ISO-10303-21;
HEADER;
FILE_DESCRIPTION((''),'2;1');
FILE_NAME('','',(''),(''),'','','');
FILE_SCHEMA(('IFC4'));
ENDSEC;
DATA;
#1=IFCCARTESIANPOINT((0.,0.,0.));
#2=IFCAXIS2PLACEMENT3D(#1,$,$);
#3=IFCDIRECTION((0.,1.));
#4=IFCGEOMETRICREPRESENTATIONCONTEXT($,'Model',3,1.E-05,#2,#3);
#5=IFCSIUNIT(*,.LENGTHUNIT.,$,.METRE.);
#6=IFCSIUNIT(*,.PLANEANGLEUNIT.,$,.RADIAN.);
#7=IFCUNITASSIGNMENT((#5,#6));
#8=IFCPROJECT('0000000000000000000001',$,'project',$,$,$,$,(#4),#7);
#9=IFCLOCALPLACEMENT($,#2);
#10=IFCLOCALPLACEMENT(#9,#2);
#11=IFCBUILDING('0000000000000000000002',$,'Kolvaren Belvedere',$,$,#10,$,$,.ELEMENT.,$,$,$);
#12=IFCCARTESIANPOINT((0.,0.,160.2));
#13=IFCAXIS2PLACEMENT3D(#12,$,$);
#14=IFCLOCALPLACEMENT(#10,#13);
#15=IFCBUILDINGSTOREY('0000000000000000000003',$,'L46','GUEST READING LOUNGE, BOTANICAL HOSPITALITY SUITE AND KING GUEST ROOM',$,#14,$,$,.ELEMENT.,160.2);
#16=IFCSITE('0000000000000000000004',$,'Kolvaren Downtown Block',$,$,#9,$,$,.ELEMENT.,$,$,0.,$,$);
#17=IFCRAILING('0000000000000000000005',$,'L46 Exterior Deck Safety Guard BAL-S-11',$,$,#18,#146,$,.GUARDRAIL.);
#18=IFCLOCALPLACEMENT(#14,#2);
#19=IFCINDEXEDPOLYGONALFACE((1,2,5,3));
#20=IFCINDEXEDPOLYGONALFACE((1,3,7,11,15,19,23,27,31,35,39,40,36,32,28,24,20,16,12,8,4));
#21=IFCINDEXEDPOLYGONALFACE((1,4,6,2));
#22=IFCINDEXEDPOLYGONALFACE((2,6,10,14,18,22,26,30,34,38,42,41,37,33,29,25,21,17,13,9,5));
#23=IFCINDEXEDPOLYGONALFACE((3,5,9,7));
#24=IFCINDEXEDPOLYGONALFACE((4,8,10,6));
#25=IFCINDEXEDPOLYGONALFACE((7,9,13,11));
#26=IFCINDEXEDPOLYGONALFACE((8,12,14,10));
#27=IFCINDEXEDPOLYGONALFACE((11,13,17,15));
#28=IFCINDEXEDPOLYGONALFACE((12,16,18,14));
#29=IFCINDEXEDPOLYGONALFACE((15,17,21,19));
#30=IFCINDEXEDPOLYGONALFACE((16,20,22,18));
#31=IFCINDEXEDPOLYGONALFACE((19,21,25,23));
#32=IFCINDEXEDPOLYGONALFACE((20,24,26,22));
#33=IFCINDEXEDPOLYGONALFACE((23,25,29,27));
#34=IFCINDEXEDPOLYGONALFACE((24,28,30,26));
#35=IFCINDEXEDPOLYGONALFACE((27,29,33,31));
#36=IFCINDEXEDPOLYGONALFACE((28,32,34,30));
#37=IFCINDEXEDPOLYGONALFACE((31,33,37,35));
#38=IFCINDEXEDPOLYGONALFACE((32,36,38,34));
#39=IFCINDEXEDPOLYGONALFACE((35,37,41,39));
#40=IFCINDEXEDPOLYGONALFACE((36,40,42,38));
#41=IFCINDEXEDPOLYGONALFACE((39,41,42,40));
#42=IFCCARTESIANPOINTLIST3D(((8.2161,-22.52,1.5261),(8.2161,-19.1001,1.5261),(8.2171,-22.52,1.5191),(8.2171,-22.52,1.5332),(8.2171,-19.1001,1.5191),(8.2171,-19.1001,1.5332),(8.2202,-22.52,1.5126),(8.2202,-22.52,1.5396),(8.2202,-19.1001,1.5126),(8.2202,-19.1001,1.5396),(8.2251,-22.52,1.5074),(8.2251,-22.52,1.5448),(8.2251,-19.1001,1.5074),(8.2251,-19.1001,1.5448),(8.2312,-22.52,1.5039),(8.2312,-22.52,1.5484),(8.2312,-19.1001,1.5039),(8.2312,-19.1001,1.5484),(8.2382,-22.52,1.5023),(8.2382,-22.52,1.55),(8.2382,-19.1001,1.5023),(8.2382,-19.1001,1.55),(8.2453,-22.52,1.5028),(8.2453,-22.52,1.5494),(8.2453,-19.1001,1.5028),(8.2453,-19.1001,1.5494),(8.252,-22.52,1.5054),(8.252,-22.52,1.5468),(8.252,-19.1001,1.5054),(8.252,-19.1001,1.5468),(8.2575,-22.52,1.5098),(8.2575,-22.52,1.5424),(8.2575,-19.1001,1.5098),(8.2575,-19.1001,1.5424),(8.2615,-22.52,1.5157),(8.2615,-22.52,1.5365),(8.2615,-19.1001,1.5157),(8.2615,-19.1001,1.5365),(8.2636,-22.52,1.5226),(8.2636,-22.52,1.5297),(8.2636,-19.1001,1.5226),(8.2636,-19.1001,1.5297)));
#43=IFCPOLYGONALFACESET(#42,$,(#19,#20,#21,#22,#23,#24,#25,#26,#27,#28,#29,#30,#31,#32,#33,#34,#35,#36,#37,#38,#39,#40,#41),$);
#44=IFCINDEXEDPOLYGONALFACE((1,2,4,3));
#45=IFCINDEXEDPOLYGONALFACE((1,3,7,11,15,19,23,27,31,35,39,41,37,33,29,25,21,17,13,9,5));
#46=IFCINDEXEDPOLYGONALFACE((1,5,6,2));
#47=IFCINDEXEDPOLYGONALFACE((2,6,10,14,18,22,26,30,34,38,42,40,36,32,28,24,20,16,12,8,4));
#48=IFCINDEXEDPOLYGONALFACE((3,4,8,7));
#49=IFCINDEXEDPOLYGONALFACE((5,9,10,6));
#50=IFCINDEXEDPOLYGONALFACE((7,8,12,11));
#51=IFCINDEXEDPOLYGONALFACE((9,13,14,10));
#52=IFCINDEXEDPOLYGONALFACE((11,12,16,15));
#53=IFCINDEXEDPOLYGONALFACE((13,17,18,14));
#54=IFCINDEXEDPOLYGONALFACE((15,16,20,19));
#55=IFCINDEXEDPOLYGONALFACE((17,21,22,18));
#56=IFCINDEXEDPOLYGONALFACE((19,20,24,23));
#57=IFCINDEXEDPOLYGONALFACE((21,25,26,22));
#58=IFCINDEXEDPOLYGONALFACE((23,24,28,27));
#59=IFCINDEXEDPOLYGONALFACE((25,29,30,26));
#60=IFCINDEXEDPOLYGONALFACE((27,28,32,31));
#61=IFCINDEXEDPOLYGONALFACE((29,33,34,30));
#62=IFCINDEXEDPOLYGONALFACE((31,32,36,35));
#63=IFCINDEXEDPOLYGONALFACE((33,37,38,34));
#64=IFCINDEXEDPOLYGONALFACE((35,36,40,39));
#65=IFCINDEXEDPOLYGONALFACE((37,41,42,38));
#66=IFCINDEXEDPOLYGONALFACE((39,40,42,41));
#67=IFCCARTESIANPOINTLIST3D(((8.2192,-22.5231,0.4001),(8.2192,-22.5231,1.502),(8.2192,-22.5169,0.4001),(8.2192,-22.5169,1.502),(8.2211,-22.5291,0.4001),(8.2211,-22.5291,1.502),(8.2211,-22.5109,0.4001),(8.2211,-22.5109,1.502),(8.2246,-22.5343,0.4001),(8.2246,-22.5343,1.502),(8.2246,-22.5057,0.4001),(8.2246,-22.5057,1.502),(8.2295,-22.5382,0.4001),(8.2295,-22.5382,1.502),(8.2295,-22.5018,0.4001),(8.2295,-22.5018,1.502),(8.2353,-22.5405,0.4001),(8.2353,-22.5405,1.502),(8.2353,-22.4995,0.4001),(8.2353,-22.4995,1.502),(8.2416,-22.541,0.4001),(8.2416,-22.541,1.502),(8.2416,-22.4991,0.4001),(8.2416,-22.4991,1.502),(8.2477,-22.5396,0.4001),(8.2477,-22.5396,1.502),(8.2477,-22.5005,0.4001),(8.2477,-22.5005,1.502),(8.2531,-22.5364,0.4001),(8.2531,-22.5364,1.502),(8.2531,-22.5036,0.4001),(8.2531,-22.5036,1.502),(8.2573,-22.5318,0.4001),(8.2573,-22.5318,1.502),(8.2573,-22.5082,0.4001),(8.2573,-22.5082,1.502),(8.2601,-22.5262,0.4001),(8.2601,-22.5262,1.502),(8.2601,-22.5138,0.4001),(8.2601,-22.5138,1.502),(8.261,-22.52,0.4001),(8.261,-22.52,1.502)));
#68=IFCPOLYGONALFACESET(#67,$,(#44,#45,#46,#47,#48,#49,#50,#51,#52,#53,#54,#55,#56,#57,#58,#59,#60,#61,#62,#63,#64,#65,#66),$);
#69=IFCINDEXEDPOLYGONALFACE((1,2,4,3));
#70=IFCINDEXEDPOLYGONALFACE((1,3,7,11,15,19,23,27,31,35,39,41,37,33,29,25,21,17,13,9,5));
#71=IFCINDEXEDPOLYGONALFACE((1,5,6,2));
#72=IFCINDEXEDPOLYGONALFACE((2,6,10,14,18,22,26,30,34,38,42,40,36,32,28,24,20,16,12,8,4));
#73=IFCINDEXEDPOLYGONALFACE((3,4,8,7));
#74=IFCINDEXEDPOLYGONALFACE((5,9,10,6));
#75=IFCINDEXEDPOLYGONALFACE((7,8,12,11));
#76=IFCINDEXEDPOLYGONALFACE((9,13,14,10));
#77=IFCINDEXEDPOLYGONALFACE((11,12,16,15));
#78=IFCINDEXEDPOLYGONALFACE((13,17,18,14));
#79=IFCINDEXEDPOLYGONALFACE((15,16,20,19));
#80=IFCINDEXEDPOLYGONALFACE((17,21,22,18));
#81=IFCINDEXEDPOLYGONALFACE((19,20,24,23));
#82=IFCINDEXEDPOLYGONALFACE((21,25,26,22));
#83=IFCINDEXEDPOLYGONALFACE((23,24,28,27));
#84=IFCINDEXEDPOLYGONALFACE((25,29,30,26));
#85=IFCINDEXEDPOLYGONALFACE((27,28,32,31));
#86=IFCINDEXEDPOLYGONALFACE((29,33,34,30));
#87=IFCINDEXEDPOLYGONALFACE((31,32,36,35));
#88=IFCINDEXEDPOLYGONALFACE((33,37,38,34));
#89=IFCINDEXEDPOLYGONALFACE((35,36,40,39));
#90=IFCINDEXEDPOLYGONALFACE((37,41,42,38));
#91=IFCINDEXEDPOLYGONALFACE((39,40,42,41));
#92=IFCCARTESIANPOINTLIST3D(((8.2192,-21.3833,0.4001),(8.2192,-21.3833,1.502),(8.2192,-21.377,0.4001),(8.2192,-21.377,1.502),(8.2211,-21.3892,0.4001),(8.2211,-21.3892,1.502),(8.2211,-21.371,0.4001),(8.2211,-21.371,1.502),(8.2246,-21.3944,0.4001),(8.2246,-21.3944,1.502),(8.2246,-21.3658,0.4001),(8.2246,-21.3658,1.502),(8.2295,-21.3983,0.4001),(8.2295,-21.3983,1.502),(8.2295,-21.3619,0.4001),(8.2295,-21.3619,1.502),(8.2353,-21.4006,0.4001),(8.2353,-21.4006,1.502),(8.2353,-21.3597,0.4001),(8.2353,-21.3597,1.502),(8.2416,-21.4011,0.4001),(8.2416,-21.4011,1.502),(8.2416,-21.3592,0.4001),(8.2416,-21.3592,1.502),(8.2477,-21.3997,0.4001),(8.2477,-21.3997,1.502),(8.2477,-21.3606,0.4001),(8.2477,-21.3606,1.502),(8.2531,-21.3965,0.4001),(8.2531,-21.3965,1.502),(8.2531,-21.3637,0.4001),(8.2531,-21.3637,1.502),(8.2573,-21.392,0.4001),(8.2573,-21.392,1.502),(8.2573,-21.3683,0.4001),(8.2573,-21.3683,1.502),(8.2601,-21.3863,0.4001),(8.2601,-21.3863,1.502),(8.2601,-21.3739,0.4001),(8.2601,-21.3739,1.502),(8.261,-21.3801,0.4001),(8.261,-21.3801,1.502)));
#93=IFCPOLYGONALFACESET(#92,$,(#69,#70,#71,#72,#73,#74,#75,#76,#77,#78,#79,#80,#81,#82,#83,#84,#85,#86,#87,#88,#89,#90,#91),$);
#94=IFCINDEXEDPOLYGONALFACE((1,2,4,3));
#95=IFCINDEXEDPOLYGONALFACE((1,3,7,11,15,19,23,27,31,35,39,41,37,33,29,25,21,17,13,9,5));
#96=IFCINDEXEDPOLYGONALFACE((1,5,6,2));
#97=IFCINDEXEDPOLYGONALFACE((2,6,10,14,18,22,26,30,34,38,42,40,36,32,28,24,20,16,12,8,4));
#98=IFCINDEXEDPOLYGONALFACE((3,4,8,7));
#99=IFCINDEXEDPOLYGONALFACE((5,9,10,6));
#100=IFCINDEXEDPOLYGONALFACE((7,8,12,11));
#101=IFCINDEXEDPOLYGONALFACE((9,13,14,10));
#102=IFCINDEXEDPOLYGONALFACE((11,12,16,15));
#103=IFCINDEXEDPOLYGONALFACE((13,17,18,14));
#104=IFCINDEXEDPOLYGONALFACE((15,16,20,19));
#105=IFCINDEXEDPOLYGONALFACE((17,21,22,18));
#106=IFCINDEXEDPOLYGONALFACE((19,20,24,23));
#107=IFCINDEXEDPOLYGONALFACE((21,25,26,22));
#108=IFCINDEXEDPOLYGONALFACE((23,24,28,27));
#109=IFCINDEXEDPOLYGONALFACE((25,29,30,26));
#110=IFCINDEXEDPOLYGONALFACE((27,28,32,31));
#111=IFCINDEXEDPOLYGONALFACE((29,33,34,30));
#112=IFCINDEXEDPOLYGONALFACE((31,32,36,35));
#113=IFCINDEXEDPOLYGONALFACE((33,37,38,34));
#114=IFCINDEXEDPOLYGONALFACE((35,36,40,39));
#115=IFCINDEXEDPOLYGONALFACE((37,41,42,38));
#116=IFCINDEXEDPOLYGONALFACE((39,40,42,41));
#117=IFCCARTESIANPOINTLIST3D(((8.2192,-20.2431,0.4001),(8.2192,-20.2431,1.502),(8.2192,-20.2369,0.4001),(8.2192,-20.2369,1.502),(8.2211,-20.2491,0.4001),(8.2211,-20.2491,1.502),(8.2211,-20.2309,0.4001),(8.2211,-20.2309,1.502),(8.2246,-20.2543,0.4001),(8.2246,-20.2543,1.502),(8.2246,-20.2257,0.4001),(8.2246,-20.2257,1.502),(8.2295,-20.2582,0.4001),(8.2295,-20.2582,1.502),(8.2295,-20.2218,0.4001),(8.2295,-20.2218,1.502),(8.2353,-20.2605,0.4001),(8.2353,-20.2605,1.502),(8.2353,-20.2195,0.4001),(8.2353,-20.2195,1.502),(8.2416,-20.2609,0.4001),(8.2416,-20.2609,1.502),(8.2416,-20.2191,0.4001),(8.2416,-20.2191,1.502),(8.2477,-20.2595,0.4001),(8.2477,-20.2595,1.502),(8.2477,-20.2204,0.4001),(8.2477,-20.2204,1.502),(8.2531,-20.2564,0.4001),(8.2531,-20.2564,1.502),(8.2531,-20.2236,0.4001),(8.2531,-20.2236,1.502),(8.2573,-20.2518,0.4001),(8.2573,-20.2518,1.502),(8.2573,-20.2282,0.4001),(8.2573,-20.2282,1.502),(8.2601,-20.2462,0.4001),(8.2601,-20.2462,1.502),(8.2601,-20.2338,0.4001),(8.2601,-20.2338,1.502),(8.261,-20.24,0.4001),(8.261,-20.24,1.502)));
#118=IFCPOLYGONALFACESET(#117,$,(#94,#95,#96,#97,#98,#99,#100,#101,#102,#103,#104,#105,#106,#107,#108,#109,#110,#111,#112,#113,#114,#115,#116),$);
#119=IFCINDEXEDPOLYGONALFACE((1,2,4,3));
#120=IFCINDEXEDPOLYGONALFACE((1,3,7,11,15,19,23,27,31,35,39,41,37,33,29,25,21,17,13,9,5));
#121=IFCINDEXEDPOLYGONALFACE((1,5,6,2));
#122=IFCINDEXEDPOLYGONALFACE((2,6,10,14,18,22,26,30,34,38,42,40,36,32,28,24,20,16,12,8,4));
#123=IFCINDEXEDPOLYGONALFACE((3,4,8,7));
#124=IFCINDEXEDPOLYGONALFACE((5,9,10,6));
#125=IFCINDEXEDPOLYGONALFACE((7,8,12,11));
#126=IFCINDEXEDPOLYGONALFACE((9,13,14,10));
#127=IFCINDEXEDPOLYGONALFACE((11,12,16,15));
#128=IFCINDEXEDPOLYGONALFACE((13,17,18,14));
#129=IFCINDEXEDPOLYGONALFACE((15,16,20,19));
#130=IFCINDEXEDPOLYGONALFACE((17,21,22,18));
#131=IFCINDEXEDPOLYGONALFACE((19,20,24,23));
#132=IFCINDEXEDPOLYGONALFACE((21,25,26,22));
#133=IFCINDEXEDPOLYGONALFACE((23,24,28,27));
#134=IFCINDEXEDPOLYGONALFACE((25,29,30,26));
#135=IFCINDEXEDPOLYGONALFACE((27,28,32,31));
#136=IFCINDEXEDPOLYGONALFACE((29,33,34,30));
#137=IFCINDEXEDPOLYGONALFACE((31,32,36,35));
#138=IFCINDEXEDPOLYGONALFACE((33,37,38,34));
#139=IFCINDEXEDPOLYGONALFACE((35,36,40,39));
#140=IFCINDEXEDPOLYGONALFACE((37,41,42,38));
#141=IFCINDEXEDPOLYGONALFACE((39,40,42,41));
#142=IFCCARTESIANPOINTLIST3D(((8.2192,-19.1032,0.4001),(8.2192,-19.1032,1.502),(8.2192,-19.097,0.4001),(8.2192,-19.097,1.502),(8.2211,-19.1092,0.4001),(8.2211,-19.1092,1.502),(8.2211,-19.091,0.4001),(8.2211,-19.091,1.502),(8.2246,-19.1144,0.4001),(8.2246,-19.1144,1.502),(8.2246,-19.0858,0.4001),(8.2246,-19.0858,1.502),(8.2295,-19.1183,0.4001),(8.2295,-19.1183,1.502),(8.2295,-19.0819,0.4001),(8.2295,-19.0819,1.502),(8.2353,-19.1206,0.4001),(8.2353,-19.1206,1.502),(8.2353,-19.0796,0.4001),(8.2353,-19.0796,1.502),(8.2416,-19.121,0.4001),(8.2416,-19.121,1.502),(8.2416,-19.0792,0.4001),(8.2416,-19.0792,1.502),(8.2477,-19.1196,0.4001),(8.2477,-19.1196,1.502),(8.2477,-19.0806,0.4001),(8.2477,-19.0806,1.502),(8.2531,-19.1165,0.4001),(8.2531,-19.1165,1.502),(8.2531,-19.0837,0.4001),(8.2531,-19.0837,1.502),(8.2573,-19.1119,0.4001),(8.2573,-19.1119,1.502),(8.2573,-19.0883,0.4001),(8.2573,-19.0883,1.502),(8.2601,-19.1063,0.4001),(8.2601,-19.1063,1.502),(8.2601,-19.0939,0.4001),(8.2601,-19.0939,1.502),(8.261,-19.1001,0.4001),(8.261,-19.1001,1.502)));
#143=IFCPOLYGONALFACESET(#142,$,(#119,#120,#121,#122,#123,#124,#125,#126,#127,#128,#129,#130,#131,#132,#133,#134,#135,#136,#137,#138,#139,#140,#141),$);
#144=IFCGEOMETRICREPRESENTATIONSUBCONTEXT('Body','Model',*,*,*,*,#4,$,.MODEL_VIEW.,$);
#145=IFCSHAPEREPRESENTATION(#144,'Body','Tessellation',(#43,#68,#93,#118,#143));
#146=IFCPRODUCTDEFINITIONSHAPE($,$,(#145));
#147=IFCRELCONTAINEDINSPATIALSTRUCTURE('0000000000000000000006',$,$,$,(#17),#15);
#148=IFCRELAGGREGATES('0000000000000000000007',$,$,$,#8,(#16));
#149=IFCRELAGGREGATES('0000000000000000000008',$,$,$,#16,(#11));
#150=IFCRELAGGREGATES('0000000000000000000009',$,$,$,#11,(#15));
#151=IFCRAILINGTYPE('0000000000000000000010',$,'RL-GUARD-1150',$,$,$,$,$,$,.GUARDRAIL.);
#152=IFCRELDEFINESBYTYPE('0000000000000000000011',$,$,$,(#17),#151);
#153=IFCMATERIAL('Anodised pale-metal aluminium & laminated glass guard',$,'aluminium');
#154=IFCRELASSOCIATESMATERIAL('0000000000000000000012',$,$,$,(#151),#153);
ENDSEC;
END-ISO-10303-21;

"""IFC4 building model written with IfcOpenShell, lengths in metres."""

from ifc_helpers import new_model, si_unit, direction, frame, origin, origin_2d, place, context, subcontext, project, spatial, circle, extrude, material, type_object, element, save


model = new_model("IFC4")

# Units and contexts
model_context = context("Model", 3, precision=1e-05, world=origin(), true_north=direction((0.0, 1.0)))
body_context = subcontext(model_context, "Body", "Model", "MODEL_VIEW")
ifc_project = project(units=[si_unit("LENGTHUNIT", "METRE"), si_unit("PLANEANGLEUNIT", "RADIAN")], contexts=[model_context])

# Site, building, storey
site_placement = place(None, origin())
site = spatial("IfcSite", under=ifc_project, at=site_placement, Name="Kolvaren Downtown Block", CompositionType="ELEMENT", RefElevation=0.0)
building_placement = place(site_placement, origin())
building = spatial("IfcBuilding", under=site, at=building_placement, Name="Kolvaren Belvedere", CompositionType="ELEMENT")
storey_placement = place(building_placement, frame((0.0, 0.0, 160.2)))
storey = spatial("IfcBuildingStorey", under=building, at=storey_placement, Name="L46", Description="GUEST READING LOUNGE, BOTANICAL HOSPITALITY SUITE AND KING GUEST ROOM", CompositionType="ELEMENT", Elevation=160.2)

# Railing
ifc_material_1 = material(Name="Anodised pale-metal aluminium & laminated glass guard", Category="aluminium")
railing_type = type_object("IfcRailingType", Name="RL-GUARD-1150", PredefinedType="GUARDRAIL", material=ifc_material_1)
railing_1_placement = place(storey_placement, frame((8.24, -22.52, 0.4001)))
element("IfcRailing", 1, at=railing_1_placement, inside=storey, type_object=railing_type, Name="L46 Exterior Deck Safety Guard BAL-S-11", PredefinedType="GUARDRAIL", context=body_context, shape_type="SweptSolid", body=[
    extrude(circle(Radius=0.0239, at=origin_2d()), frame((0.0, 0.0, 1.126), z_axis=(0.0, 1.0, 0.0), x_axis=(-1.0, 0.0, 0.0)), (0.0, 0.0, 1.0), 3.4199),
    extrude(circle(Radius=0.021, at=origin_2d()), origin(), (0.0, 0.0, 1.0), 1.1018),
    extrude(circle(Radius=0.021, at=origin_2d()), frame((0.0, 1.1399, 0.0)), (0.0, 0.0, 1.0), 1.1018),
    extrude(circle(Radius=0.021, at=origin_2d()), frame((0.0, 2.28, 0.0)), (0.0, 0.0, 1.0), 1.1018),
    extrude(circle(Radius=0.021, at=origin_2d()), frame((0.0, 3.4199, 0.0)), (0.0, 0.0, 1.0), 1.1018),
])

save(model, "model.ifc")
